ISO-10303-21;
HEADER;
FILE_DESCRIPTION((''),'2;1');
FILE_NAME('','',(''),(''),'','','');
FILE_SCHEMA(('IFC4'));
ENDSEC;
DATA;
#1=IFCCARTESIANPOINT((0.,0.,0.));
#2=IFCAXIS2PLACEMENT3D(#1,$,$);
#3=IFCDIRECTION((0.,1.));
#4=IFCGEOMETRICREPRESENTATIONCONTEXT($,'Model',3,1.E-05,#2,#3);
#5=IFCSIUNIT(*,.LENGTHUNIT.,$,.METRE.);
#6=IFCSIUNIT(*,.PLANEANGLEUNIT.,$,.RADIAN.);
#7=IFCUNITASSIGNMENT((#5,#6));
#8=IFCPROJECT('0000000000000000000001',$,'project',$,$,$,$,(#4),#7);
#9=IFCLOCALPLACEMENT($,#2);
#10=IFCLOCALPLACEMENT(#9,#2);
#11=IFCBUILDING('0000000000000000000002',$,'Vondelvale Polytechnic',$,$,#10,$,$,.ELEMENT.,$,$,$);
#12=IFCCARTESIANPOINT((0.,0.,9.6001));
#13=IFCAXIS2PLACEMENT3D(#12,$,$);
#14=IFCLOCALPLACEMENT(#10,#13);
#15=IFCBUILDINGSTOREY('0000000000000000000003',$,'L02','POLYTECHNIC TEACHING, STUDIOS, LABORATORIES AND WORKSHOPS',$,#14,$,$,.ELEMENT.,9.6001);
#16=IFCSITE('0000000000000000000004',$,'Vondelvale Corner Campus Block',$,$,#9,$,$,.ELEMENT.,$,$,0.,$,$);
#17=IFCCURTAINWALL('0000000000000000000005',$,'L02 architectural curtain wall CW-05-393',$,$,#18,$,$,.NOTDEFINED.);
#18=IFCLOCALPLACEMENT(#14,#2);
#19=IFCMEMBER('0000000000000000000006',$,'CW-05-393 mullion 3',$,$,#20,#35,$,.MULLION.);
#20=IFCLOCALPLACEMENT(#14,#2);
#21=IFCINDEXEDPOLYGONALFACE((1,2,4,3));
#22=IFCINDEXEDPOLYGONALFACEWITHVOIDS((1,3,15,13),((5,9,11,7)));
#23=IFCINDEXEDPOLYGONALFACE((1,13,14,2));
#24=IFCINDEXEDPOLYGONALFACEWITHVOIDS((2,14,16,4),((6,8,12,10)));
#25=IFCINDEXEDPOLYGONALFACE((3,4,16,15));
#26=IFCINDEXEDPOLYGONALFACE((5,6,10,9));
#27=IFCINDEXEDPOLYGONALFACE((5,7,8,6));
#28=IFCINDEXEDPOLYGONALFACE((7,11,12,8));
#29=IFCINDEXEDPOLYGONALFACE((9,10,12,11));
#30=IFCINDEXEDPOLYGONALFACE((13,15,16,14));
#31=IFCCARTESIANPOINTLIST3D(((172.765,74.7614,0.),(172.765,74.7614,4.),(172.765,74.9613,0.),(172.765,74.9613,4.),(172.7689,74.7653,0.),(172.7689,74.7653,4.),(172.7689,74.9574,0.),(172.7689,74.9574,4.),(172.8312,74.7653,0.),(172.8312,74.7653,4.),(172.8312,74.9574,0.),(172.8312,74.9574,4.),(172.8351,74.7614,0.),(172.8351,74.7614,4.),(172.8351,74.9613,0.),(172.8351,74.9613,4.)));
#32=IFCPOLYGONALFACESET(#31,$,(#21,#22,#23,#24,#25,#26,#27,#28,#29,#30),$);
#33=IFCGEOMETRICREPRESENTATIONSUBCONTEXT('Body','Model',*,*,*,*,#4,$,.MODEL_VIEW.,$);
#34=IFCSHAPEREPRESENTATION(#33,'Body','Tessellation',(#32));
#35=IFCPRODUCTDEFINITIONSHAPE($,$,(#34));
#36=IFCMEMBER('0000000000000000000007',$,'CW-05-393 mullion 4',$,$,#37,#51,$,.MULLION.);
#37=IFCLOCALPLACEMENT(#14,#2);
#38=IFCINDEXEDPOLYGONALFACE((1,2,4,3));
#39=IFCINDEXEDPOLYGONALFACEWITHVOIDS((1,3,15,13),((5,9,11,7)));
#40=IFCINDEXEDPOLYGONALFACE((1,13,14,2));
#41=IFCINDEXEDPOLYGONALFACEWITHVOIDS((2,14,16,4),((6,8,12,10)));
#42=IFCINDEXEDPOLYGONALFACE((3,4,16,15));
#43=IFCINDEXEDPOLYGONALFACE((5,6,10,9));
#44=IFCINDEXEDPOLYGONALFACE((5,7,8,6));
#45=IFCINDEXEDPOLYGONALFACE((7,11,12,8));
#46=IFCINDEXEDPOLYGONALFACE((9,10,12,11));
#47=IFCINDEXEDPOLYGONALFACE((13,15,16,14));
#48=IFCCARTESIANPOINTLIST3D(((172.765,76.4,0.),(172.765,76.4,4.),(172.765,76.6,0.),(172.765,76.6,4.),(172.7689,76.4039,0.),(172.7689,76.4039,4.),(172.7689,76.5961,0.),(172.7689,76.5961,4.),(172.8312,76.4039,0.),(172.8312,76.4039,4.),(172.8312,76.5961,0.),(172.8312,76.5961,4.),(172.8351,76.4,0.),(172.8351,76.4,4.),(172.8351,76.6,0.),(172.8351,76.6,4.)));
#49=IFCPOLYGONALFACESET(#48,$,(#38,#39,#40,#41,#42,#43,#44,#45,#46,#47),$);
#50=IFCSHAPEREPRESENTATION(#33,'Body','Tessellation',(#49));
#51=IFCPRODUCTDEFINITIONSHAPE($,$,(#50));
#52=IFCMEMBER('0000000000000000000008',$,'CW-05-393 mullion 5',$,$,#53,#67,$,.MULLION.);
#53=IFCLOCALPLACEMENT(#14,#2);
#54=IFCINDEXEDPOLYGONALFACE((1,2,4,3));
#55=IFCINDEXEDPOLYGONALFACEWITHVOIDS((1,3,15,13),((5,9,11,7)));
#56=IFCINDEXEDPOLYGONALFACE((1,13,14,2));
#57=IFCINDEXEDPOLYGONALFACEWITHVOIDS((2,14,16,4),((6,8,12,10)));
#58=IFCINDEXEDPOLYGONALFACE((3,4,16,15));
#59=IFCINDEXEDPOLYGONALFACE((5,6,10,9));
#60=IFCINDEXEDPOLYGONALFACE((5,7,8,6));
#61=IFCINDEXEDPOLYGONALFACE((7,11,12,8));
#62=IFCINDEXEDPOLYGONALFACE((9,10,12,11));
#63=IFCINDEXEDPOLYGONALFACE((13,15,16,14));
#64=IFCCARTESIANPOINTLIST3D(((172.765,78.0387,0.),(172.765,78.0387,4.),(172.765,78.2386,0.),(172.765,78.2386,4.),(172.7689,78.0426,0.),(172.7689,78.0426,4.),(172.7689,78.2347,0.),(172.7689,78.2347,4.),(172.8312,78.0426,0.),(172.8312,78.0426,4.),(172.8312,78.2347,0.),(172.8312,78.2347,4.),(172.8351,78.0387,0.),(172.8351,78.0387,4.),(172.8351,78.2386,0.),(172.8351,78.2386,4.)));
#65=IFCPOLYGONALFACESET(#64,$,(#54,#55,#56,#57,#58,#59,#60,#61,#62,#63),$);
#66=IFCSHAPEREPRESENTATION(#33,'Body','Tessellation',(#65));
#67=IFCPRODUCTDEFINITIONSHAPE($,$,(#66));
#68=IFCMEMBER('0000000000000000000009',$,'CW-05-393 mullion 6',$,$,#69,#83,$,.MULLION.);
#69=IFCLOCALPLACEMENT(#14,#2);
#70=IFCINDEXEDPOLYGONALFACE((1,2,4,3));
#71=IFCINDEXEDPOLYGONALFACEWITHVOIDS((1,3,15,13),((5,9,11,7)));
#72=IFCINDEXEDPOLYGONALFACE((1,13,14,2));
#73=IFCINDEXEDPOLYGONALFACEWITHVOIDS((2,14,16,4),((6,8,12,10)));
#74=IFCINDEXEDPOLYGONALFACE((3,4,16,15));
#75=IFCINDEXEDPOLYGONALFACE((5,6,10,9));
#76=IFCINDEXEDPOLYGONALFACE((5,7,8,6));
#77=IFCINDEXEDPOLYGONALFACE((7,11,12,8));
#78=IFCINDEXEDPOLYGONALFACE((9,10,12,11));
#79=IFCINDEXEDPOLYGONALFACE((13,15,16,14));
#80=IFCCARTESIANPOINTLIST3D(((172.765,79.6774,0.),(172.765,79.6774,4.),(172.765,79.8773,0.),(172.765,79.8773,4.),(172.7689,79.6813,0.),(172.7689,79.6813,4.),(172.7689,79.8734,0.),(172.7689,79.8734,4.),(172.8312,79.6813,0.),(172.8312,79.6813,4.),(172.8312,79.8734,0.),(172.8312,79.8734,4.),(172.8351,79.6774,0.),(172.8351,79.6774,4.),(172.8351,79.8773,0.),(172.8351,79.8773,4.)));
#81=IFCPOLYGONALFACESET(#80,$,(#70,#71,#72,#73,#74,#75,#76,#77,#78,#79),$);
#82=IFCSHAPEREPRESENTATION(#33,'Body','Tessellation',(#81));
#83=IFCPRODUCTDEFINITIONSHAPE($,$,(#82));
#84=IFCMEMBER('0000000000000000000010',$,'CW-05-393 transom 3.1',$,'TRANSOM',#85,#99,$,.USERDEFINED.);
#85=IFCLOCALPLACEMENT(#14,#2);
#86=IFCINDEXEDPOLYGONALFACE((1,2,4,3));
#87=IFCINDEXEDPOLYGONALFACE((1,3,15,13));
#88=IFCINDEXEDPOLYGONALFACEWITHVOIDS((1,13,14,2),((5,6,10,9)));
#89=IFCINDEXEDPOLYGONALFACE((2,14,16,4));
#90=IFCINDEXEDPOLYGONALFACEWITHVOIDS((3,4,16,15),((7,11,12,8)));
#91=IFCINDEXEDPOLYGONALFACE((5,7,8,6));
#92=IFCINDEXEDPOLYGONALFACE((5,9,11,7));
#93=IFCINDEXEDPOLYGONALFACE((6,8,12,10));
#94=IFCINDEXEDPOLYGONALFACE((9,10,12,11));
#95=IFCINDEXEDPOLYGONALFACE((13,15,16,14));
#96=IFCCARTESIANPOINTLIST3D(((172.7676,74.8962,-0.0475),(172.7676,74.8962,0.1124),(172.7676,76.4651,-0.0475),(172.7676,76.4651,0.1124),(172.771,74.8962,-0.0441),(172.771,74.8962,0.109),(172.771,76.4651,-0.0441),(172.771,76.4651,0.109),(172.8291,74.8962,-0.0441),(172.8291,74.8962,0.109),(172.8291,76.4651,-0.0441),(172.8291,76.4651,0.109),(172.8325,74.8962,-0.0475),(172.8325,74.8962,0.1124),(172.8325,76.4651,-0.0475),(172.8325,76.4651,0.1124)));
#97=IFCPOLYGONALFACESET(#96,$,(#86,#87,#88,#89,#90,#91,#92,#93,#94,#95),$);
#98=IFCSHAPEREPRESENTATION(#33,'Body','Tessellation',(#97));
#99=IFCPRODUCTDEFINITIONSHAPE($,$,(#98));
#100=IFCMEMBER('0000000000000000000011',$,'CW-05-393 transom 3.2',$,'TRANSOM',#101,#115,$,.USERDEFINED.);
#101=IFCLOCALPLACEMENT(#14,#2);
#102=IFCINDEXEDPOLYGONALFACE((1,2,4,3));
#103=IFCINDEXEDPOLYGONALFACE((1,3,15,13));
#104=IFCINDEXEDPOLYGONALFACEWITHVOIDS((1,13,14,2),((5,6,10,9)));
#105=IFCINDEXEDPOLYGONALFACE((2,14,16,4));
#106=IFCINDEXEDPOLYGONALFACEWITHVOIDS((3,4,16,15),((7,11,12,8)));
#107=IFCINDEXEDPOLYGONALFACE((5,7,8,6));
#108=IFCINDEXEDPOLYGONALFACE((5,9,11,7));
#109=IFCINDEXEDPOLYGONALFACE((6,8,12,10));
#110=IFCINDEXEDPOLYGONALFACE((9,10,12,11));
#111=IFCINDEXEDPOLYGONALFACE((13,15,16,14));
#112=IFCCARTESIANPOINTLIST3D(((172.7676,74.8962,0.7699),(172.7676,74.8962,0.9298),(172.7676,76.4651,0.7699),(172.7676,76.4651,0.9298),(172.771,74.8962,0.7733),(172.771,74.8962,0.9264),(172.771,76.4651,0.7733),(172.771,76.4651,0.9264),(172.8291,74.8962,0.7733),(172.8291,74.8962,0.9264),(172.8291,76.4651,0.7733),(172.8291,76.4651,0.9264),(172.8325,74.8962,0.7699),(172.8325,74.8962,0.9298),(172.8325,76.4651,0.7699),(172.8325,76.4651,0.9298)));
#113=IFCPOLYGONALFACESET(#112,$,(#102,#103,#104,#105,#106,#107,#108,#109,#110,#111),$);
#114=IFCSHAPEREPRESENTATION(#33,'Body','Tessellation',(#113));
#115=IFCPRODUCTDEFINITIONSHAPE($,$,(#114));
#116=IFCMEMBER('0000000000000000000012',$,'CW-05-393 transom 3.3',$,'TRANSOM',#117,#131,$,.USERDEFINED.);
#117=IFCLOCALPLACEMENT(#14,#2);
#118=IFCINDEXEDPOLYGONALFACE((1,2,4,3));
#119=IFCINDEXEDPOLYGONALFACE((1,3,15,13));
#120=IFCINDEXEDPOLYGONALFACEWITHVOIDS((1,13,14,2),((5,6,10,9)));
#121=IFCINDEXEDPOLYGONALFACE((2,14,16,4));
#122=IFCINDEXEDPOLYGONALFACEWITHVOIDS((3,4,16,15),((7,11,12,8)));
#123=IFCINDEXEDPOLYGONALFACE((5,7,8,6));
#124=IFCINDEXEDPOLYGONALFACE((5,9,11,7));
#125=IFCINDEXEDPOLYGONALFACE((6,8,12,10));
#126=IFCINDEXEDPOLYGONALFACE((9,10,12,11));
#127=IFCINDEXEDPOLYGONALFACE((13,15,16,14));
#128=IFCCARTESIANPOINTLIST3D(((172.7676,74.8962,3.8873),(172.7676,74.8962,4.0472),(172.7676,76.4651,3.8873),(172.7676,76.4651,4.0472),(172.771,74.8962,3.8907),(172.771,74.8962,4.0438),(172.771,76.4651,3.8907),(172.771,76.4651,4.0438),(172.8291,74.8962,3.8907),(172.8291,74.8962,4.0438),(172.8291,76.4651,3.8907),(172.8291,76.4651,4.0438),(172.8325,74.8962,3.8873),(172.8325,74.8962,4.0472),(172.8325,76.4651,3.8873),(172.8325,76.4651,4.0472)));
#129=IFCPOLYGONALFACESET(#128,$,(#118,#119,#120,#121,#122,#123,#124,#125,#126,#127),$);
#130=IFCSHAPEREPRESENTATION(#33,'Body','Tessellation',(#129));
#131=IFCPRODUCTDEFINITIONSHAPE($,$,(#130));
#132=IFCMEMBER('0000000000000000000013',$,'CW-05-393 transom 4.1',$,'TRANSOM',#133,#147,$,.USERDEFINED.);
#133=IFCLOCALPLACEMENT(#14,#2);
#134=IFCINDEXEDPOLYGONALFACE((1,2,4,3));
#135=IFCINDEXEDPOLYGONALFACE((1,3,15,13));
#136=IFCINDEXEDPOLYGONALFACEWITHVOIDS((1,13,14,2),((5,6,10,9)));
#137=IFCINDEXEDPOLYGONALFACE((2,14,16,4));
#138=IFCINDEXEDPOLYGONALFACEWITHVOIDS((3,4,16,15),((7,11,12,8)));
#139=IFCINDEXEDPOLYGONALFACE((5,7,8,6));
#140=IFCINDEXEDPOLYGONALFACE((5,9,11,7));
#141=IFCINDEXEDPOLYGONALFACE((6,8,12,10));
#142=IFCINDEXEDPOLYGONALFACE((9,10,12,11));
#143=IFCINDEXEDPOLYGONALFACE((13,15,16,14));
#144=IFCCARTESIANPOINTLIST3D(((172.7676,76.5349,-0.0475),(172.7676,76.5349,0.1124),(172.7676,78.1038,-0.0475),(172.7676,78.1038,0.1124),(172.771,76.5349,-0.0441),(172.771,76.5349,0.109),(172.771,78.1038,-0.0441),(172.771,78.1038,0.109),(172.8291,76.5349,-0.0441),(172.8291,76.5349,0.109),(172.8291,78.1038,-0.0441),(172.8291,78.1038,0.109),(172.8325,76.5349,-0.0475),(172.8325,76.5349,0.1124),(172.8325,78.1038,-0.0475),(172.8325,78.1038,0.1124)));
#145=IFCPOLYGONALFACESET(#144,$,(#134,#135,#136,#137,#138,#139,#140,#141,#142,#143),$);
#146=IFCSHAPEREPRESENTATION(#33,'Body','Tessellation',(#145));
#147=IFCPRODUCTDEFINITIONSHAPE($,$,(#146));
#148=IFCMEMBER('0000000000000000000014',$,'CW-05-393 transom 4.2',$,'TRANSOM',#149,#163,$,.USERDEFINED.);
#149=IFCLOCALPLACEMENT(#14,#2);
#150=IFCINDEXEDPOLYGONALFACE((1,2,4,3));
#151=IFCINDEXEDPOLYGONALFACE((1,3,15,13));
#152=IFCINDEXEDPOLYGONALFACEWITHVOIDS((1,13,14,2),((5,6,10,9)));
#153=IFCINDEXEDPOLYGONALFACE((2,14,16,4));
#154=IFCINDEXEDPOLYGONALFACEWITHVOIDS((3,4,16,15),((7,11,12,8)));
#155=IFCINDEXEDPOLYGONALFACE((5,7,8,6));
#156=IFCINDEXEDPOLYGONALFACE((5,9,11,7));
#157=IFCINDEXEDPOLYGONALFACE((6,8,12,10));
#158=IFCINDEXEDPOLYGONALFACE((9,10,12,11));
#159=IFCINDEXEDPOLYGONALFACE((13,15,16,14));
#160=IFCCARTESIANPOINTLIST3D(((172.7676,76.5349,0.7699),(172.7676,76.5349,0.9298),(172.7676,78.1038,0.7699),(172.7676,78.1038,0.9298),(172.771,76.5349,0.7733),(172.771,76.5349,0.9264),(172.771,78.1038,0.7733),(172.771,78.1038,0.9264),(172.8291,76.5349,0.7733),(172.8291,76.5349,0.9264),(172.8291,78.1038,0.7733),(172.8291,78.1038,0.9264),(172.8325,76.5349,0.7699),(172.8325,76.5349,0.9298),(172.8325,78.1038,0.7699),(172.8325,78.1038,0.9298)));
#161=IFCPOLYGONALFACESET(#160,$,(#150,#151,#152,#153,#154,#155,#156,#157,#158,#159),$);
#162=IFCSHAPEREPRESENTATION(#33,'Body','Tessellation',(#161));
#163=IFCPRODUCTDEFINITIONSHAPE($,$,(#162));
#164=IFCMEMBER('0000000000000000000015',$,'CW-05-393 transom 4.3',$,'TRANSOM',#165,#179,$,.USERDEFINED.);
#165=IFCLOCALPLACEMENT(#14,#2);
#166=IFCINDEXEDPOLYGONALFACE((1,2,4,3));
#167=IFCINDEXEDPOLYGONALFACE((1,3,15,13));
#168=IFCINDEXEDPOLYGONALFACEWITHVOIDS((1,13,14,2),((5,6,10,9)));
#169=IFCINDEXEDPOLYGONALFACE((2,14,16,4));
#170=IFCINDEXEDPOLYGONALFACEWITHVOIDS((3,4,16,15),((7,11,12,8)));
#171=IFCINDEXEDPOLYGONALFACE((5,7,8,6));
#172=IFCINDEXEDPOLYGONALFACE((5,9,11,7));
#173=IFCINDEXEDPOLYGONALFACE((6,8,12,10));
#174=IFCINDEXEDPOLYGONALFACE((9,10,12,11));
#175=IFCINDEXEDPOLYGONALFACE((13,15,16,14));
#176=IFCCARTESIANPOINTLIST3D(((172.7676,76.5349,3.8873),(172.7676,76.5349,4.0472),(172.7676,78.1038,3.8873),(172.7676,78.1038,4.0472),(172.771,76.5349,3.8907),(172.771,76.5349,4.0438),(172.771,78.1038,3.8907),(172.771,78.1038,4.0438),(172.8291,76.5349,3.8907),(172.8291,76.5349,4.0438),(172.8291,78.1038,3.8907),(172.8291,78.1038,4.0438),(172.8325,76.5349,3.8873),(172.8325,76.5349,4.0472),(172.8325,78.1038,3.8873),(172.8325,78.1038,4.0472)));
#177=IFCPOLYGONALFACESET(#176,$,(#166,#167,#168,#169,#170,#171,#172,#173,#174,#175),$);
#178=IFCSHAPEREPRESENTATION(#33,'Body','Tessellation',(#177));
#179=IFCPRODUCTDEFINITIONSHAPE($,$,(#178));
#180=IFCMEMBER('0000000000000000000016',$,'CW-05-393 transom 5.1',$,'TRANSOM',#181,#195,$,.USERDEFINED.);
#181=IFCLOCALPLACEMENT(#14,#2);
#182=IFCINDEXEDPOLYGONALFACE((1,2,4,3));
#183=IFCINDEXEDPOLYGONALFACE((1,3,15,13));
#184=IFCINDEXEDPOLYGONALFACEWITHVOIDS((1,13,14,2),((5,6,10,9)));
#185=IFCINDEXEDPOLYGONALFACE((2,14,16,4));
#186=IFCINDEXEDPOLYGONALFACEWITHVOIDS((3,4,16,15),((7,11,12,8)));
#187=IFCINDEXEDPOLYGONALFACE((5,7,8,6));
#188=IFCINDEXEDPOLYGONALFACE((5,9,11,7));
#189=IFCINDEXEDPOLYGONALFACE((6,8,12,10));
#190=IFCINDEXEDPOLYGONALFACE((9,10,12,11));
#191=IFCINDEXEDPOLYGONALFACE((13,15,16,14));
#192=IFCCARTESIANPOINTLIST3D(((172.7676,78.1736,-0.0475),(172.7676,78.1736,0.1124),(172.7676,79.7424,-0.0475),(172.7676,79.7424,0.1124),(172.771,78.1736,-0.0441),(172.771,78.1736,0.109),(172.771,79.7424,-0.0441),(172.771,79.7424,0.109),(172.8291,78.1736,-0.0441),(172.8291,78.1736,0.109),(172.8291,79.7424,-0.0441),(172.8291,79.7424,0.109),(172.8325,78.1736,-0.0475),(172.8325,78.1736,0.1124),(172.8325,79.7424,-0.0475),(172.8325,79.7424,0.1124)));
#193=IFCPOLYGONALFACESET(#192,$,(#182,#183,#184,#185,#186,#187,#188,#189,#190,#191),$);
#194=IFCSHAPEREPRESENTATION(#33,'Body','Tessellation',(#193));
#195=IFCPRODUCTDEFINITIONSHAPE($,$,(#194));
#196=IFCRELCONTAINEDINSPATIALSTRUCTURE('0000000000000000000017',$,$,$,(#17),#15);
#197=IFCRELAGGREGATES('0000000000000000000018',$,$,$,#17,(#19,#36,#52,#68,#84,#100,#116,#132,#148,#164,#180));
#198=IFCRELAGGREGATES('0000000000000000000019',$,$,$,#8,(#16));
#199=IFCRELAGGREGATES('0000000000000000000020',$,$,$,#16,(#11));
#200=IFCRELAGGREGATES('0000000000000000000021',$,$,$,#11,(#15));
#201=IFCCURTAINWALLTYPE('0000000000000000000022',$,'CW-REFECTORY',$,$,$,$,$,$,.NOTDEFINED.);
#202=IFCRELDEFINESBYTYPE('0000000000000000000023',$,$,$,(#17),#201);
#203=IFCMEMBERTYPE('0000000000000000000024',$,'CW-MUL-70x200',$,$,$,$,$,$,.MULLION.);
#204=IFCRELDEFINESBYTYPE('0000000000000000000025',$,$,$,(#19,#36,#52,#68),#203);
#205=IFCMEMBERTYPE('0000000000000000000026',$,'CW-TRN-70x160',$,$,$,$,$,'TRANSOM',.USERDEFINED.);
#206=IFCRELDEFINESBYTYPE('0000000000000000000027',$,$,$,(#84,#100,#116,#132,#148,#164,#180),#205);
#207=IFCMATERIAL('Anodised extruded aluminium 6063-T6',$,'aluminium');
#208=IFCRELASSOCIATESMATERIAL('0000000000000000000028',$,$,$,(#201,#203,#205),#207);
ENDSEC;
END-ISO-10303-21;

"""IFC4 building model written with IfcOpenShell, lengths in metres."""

from ifc_helpers import new_model, si_unit, direction, frame, origin, origin_2d, place, context, subcontext, project, spatial, hollow_rectangle, extrude, material, material_profile, profile_set, type_object, element, aggregate, save


model = new_model("IFC4")

# Units and contexts
model_context = context("Model", 3, precision=1e-05, world=origin(), true_north=direction((0.0, 1.0)))
body_context = subcontext(model_context, "Body", "Model", "MODEL_VIEW")
ifc_project = project(units=[si_unit("LENGTHUNIT", "METRE"), si_unit("PLANEANGLEUNIT", "RADIAN")], contexts=[model_context])

# Site, building, storey
site_placement = place(None, origin())
site = spatial("IfcSite", under=ifc_project, at=site_placement, Name="Vondelvale Corner Campus Block", CompositionType="ELEMENT", RefElevation=0.0)
building_placement = place(site_placement, origin())
building = spatial("IfcBuilding", under=site, at=building_placement, Name="Vondelvale Polytechnic", CompositionType="ELEMENT")
storey_placement = place(building_placement, frame((0.0, 0.0, 9.6001)))
storey = spatial("IfcBuildingStorey", under=building, at=storey_placement, Name="L02", Description="POLYTECHNIC TEACHING, STUDIOS, LABORATORIES AND WORKSHOPS", CompositionType="ELEMENT", Elevation=9.6001)

# Curtain wall, members
ifc_material_1 = material(Name="Anodised extruded aluminium 6063-T6", Category="aluminium")
curtain_wall_type = type_object("IfcCurtainWallType", Name="CW-REFECTORY", PredefinedType="NOTDEFINED", material=ifc_material_1)
curtain_wall_placement = place(storey_placement, origin())
curtain_wall = element("IfcCurtainWall", 1, at=curtain_wall_placement, inside=storey, type_object=curtain_wall_type, Name="L02 architectural curtain wall CW-05-393", PredefinedType="NOTDEFINED")
ifc_material_profile_1 = material_profile(ifc_material_1, hollow_rectangle(XDim=0.0701, YDim=0.2, WallThickness=0.0039, at=origin_2d()), Name="CW-MUL-200x70")
ifc_profile_set_1 = profile_set([ifc_material_profile_1], Name="Anodised extruded aluminium 6063-T6")
member_type_1 = type_object("IfcMemberType", Name="CW-MUL-70x200", PredefinedType="MULLION", material=ifc_profile_set_1)
member_1_placement = place(storey_placement, frame((172.8, 74.8613, 0.0), z_axis=(0.0, 0.0, 1.0), x_axis=(-1.0, 0.0, 0.0)))
member_1 = element("IfcMember", 2, at=member_1_placement, type_object=member_type_1, Name="CW-05-393 mullion 3", PredefinedType="MULLION", context=body_context, shape_type="SweptSolid", body=[
    extrude(hollow_rectangle(XDim=0.0701, YDim=0.2, WallThickness=0.0039, at=origin_2d()), origin(), (0.0, 0.0, 1.0), 4.0),
])
member_2_placement = place(storey_placement, frame((172.8, 76.5, 0.0), z_axis=(0.0, 0.0, 1.0), x_axis=(-1.0, 0.0, 0.0)))
member_2 = element("IfcMember", 3, at=member_2_placement, type_object=member_type_1, Name="CW-05-393 mullion 4", PredefinedType="MULLION", context=body_context, shape_type="SweptSolid", body=[
    extrude(hollow_rectangle(XDim=0.0701, YDim=0.2, WallThickness=0.0039, at=origin_2d()), origin(), (0.0, 0.0, 1.0), 4.0),
])
member_3_placement = place(storey_placement, frame((172.8, 78.1387, 0.0), z_axis=(0.0, 0.0, 1.0), x_axis=(-1.0, 0.0, 0.0)))
member_3 = element("IfcMember", 4, at=member_3_placement, type_object=member_type_1, Name="CW-05-393 mullion 5", PredefinedType="MULLION", context=body_context, shape_type="SweptSolid", body=[
    extrude(hollow_rectangle(XDim=0.0701, YDim=0.2, WallThickness=0.0039, at=origin_2d()), origin(), (0.0, 0.0, 1.0), 4.0),
])
member_4_placement = place(storey_placement, frame((172.8, 79.7773, 0.0), z_axis=(0.0, 0.0, 1.0), x_axis=(-1.0, 0.0, 0.0)))
member_4 = element("IfcMember", 5, at=member_4_placement, type_object=member_type_1, Name="CW-05-393 mullion 6", PredefinedType="MULLION", context=body_context, shape_type="SweptSolid", body=[
    extrude(hollow_rectangle(XDim=0.0701, YDim=0.2, WallThickness=0.0039, at=origin_2d()), origin(), (0.0, 0.0, 1.0), 4.0),
])
ifc_material_profile_2 = material_profile(ifc_material_1, hollow_rectangle(XDim=0.0649, YDim=0.1599, WallThickness=0.0034, at=origin_2d()), Name="CW-TRN-160x65")
ifc_profile_set_2 = profile_set([ifc_material_profile_2], Name="Anodised extruded aluminium 6063-T6")
member_type_2 = type_object("IfcMemberType", Name="CW-TRN-70x160", ElementType="TRANSOM", PredefinedType="USERDEFINED", material=ifc_profile_set_2)
member_5_placement = place(storey_placement, frame((172.8, 74.8962, 0.0325), z_axis=(0.0, 1.0, 0.0), x_axis=(-1.0, 0.0, 0.0)))
member_5 = element("IfcMember", 6, at=member_5_placement, type_object=member_type_2, Name="CW-05-393 transom 3.1", ObjectType="TRANSOM", PredefinedType="USERDEFINED", context=body_context, shape_type="SweptSolid", body=[
    extrude(hollow_rectangle(XDim=0.0649, YDim=0.1599, WallThickness=0.0034, at=origin_2d()), origin(), (0.0, 0.0, 1.0), 1.5688),
])
member_6_placement = place(storey_placement, frame((172.8, 74.8962, 0.8499), z_axis=(0.0, 1.0, 0.0), x_axis=(-1.0, 0.0, 0.0)))
member_6 = element("IfcMember", 7, at=member_6_placement, type_object=member_type_2, Name="CW-05-393 transom 3.2", ObjectType="TRANSOM", PredefinedType="USERDEFINED", context=body_context, shape_type="SweptSolid", body=[
    extrude(hollow_rectangle(XDim=0.0649, YDim=0.1599, WallThickness=0.0034, at=origin_2d()), origin(), (0.0, 0.0, 1.0), 1.5688),
])
member_7_placement = place(storey_placement, frame((172.8, 74.8962, 3.9673), z_axis=(0.0, 1.0, 0.0), x_axis=(-1.0, 0.0, 0.0)))
member_7 = element("IfcMember", 8, at=member_7_placement, type_object=member_type_2, Name="CW-05-393 transom 3.3", ObjectType="TRANSOM", PredefinedType="USERDEFINED", context=body_context, shape_type="SweptSolid", body=[
    extrude(hollow_rectangle(XDim=0.0649, YDim=0.1599, WallThickness=0.0034, at=origin_2d()), origin(), (0.0, 0.0, 1.0), 1.5688),
])
member_8_placement = place(storey_placement, frame((172.8, 76.5349, 0.0325), z_axis=(0.0, 1.0, 0.0), x_axis=(-1.0, 0.0, 0.0)))
member_8 = element("IfcMember", 9, at=member_8_placement, type_object=member_type_2, Name="CW-05-393 transom 4.1", ObjectType="TRANSOM", PredefinedType="USERDEFINED", context=body_context, shape_type="SweptSolid", body=[
    extrude(hollow_rectangle(XDim=0.0649, YDim=0.1599, WallThickness=0.0034, at=origin_2d()), origin(), (0.0, 0.0, 1.0), 1.5688),
])
member_9_placement = place(storey_placement, frame((172.8, 76.5349, 0.8499), z_axis=(0.0, 1.0, 0.0), x_axis=(-1.0, 0.0, 0.0)))
member_9 = element("IfcMember", 10, at=member_9_placement, type_object=member_type_2, Name="CW-05-393 transom 4.2", ObjectType="TRANSOM", PredefinedType="USERDEFINED", context=body_context, shape_type="SweptSolid", body=[
    extrude(hollow_rectangle(XDim=0.0649, YDim=0.1599, WallThickness=0.0034, at=origin_2d()), origin(), (0.0, 0.0, 1.0), 1.5688),
])
member_10_placement = place(storey_placement, frame((172.8, 76.5349, 3.9673), z_axis=(0.0, 1.0, 0.0), x_axis=(-1.0, 0.0, 0.0)))
member_10 = element("IfcMember", 11, at=member_10_placement, type_object=member_type_2, Name="CW-05-393 transom 4.3", ObjectType="TRANSOM", PredefinedType="USERDEFINED", context=body_context, shape_type="SweptSolid", body=[
    extrude(hollow_rectangle(XDim=0.0649, YDim=0.1599, WallThickness=0.0034, at=origin_2d()), origin(), (0.0, 0.0, 1.0), 1.5688),
])
member_11_placement = place(storey_placement, frame((172.8, 78.1736, 0.0325), z_axis=(0.0, 1.0, 0.0), x_axis=(-1.0, 0.0, 0.0)))
member_11 = element("IfcMember", 12, at=member_11_placement, type_object=member_type_2, Name="CW-05-393 transom 5.1", ObjectType="TRANSOM", PredefinedType="USERDEFINED", context=body_context, shape_type="SweptSolid", body=[
    extrude(hollow_rectangle(XDim=0.0649, YDim=0.1599, WallThickness=0.0034, at=origin_2d()), origin(), (0.0, 0.0, 1.0), 1.5688),
])
aggregate(curtain_wall, [member_1, member_2, member_3, member_4, member_5, member_6, member_7, member_8, member_9, member_10, member_11])

save(model, "model.ifc")
